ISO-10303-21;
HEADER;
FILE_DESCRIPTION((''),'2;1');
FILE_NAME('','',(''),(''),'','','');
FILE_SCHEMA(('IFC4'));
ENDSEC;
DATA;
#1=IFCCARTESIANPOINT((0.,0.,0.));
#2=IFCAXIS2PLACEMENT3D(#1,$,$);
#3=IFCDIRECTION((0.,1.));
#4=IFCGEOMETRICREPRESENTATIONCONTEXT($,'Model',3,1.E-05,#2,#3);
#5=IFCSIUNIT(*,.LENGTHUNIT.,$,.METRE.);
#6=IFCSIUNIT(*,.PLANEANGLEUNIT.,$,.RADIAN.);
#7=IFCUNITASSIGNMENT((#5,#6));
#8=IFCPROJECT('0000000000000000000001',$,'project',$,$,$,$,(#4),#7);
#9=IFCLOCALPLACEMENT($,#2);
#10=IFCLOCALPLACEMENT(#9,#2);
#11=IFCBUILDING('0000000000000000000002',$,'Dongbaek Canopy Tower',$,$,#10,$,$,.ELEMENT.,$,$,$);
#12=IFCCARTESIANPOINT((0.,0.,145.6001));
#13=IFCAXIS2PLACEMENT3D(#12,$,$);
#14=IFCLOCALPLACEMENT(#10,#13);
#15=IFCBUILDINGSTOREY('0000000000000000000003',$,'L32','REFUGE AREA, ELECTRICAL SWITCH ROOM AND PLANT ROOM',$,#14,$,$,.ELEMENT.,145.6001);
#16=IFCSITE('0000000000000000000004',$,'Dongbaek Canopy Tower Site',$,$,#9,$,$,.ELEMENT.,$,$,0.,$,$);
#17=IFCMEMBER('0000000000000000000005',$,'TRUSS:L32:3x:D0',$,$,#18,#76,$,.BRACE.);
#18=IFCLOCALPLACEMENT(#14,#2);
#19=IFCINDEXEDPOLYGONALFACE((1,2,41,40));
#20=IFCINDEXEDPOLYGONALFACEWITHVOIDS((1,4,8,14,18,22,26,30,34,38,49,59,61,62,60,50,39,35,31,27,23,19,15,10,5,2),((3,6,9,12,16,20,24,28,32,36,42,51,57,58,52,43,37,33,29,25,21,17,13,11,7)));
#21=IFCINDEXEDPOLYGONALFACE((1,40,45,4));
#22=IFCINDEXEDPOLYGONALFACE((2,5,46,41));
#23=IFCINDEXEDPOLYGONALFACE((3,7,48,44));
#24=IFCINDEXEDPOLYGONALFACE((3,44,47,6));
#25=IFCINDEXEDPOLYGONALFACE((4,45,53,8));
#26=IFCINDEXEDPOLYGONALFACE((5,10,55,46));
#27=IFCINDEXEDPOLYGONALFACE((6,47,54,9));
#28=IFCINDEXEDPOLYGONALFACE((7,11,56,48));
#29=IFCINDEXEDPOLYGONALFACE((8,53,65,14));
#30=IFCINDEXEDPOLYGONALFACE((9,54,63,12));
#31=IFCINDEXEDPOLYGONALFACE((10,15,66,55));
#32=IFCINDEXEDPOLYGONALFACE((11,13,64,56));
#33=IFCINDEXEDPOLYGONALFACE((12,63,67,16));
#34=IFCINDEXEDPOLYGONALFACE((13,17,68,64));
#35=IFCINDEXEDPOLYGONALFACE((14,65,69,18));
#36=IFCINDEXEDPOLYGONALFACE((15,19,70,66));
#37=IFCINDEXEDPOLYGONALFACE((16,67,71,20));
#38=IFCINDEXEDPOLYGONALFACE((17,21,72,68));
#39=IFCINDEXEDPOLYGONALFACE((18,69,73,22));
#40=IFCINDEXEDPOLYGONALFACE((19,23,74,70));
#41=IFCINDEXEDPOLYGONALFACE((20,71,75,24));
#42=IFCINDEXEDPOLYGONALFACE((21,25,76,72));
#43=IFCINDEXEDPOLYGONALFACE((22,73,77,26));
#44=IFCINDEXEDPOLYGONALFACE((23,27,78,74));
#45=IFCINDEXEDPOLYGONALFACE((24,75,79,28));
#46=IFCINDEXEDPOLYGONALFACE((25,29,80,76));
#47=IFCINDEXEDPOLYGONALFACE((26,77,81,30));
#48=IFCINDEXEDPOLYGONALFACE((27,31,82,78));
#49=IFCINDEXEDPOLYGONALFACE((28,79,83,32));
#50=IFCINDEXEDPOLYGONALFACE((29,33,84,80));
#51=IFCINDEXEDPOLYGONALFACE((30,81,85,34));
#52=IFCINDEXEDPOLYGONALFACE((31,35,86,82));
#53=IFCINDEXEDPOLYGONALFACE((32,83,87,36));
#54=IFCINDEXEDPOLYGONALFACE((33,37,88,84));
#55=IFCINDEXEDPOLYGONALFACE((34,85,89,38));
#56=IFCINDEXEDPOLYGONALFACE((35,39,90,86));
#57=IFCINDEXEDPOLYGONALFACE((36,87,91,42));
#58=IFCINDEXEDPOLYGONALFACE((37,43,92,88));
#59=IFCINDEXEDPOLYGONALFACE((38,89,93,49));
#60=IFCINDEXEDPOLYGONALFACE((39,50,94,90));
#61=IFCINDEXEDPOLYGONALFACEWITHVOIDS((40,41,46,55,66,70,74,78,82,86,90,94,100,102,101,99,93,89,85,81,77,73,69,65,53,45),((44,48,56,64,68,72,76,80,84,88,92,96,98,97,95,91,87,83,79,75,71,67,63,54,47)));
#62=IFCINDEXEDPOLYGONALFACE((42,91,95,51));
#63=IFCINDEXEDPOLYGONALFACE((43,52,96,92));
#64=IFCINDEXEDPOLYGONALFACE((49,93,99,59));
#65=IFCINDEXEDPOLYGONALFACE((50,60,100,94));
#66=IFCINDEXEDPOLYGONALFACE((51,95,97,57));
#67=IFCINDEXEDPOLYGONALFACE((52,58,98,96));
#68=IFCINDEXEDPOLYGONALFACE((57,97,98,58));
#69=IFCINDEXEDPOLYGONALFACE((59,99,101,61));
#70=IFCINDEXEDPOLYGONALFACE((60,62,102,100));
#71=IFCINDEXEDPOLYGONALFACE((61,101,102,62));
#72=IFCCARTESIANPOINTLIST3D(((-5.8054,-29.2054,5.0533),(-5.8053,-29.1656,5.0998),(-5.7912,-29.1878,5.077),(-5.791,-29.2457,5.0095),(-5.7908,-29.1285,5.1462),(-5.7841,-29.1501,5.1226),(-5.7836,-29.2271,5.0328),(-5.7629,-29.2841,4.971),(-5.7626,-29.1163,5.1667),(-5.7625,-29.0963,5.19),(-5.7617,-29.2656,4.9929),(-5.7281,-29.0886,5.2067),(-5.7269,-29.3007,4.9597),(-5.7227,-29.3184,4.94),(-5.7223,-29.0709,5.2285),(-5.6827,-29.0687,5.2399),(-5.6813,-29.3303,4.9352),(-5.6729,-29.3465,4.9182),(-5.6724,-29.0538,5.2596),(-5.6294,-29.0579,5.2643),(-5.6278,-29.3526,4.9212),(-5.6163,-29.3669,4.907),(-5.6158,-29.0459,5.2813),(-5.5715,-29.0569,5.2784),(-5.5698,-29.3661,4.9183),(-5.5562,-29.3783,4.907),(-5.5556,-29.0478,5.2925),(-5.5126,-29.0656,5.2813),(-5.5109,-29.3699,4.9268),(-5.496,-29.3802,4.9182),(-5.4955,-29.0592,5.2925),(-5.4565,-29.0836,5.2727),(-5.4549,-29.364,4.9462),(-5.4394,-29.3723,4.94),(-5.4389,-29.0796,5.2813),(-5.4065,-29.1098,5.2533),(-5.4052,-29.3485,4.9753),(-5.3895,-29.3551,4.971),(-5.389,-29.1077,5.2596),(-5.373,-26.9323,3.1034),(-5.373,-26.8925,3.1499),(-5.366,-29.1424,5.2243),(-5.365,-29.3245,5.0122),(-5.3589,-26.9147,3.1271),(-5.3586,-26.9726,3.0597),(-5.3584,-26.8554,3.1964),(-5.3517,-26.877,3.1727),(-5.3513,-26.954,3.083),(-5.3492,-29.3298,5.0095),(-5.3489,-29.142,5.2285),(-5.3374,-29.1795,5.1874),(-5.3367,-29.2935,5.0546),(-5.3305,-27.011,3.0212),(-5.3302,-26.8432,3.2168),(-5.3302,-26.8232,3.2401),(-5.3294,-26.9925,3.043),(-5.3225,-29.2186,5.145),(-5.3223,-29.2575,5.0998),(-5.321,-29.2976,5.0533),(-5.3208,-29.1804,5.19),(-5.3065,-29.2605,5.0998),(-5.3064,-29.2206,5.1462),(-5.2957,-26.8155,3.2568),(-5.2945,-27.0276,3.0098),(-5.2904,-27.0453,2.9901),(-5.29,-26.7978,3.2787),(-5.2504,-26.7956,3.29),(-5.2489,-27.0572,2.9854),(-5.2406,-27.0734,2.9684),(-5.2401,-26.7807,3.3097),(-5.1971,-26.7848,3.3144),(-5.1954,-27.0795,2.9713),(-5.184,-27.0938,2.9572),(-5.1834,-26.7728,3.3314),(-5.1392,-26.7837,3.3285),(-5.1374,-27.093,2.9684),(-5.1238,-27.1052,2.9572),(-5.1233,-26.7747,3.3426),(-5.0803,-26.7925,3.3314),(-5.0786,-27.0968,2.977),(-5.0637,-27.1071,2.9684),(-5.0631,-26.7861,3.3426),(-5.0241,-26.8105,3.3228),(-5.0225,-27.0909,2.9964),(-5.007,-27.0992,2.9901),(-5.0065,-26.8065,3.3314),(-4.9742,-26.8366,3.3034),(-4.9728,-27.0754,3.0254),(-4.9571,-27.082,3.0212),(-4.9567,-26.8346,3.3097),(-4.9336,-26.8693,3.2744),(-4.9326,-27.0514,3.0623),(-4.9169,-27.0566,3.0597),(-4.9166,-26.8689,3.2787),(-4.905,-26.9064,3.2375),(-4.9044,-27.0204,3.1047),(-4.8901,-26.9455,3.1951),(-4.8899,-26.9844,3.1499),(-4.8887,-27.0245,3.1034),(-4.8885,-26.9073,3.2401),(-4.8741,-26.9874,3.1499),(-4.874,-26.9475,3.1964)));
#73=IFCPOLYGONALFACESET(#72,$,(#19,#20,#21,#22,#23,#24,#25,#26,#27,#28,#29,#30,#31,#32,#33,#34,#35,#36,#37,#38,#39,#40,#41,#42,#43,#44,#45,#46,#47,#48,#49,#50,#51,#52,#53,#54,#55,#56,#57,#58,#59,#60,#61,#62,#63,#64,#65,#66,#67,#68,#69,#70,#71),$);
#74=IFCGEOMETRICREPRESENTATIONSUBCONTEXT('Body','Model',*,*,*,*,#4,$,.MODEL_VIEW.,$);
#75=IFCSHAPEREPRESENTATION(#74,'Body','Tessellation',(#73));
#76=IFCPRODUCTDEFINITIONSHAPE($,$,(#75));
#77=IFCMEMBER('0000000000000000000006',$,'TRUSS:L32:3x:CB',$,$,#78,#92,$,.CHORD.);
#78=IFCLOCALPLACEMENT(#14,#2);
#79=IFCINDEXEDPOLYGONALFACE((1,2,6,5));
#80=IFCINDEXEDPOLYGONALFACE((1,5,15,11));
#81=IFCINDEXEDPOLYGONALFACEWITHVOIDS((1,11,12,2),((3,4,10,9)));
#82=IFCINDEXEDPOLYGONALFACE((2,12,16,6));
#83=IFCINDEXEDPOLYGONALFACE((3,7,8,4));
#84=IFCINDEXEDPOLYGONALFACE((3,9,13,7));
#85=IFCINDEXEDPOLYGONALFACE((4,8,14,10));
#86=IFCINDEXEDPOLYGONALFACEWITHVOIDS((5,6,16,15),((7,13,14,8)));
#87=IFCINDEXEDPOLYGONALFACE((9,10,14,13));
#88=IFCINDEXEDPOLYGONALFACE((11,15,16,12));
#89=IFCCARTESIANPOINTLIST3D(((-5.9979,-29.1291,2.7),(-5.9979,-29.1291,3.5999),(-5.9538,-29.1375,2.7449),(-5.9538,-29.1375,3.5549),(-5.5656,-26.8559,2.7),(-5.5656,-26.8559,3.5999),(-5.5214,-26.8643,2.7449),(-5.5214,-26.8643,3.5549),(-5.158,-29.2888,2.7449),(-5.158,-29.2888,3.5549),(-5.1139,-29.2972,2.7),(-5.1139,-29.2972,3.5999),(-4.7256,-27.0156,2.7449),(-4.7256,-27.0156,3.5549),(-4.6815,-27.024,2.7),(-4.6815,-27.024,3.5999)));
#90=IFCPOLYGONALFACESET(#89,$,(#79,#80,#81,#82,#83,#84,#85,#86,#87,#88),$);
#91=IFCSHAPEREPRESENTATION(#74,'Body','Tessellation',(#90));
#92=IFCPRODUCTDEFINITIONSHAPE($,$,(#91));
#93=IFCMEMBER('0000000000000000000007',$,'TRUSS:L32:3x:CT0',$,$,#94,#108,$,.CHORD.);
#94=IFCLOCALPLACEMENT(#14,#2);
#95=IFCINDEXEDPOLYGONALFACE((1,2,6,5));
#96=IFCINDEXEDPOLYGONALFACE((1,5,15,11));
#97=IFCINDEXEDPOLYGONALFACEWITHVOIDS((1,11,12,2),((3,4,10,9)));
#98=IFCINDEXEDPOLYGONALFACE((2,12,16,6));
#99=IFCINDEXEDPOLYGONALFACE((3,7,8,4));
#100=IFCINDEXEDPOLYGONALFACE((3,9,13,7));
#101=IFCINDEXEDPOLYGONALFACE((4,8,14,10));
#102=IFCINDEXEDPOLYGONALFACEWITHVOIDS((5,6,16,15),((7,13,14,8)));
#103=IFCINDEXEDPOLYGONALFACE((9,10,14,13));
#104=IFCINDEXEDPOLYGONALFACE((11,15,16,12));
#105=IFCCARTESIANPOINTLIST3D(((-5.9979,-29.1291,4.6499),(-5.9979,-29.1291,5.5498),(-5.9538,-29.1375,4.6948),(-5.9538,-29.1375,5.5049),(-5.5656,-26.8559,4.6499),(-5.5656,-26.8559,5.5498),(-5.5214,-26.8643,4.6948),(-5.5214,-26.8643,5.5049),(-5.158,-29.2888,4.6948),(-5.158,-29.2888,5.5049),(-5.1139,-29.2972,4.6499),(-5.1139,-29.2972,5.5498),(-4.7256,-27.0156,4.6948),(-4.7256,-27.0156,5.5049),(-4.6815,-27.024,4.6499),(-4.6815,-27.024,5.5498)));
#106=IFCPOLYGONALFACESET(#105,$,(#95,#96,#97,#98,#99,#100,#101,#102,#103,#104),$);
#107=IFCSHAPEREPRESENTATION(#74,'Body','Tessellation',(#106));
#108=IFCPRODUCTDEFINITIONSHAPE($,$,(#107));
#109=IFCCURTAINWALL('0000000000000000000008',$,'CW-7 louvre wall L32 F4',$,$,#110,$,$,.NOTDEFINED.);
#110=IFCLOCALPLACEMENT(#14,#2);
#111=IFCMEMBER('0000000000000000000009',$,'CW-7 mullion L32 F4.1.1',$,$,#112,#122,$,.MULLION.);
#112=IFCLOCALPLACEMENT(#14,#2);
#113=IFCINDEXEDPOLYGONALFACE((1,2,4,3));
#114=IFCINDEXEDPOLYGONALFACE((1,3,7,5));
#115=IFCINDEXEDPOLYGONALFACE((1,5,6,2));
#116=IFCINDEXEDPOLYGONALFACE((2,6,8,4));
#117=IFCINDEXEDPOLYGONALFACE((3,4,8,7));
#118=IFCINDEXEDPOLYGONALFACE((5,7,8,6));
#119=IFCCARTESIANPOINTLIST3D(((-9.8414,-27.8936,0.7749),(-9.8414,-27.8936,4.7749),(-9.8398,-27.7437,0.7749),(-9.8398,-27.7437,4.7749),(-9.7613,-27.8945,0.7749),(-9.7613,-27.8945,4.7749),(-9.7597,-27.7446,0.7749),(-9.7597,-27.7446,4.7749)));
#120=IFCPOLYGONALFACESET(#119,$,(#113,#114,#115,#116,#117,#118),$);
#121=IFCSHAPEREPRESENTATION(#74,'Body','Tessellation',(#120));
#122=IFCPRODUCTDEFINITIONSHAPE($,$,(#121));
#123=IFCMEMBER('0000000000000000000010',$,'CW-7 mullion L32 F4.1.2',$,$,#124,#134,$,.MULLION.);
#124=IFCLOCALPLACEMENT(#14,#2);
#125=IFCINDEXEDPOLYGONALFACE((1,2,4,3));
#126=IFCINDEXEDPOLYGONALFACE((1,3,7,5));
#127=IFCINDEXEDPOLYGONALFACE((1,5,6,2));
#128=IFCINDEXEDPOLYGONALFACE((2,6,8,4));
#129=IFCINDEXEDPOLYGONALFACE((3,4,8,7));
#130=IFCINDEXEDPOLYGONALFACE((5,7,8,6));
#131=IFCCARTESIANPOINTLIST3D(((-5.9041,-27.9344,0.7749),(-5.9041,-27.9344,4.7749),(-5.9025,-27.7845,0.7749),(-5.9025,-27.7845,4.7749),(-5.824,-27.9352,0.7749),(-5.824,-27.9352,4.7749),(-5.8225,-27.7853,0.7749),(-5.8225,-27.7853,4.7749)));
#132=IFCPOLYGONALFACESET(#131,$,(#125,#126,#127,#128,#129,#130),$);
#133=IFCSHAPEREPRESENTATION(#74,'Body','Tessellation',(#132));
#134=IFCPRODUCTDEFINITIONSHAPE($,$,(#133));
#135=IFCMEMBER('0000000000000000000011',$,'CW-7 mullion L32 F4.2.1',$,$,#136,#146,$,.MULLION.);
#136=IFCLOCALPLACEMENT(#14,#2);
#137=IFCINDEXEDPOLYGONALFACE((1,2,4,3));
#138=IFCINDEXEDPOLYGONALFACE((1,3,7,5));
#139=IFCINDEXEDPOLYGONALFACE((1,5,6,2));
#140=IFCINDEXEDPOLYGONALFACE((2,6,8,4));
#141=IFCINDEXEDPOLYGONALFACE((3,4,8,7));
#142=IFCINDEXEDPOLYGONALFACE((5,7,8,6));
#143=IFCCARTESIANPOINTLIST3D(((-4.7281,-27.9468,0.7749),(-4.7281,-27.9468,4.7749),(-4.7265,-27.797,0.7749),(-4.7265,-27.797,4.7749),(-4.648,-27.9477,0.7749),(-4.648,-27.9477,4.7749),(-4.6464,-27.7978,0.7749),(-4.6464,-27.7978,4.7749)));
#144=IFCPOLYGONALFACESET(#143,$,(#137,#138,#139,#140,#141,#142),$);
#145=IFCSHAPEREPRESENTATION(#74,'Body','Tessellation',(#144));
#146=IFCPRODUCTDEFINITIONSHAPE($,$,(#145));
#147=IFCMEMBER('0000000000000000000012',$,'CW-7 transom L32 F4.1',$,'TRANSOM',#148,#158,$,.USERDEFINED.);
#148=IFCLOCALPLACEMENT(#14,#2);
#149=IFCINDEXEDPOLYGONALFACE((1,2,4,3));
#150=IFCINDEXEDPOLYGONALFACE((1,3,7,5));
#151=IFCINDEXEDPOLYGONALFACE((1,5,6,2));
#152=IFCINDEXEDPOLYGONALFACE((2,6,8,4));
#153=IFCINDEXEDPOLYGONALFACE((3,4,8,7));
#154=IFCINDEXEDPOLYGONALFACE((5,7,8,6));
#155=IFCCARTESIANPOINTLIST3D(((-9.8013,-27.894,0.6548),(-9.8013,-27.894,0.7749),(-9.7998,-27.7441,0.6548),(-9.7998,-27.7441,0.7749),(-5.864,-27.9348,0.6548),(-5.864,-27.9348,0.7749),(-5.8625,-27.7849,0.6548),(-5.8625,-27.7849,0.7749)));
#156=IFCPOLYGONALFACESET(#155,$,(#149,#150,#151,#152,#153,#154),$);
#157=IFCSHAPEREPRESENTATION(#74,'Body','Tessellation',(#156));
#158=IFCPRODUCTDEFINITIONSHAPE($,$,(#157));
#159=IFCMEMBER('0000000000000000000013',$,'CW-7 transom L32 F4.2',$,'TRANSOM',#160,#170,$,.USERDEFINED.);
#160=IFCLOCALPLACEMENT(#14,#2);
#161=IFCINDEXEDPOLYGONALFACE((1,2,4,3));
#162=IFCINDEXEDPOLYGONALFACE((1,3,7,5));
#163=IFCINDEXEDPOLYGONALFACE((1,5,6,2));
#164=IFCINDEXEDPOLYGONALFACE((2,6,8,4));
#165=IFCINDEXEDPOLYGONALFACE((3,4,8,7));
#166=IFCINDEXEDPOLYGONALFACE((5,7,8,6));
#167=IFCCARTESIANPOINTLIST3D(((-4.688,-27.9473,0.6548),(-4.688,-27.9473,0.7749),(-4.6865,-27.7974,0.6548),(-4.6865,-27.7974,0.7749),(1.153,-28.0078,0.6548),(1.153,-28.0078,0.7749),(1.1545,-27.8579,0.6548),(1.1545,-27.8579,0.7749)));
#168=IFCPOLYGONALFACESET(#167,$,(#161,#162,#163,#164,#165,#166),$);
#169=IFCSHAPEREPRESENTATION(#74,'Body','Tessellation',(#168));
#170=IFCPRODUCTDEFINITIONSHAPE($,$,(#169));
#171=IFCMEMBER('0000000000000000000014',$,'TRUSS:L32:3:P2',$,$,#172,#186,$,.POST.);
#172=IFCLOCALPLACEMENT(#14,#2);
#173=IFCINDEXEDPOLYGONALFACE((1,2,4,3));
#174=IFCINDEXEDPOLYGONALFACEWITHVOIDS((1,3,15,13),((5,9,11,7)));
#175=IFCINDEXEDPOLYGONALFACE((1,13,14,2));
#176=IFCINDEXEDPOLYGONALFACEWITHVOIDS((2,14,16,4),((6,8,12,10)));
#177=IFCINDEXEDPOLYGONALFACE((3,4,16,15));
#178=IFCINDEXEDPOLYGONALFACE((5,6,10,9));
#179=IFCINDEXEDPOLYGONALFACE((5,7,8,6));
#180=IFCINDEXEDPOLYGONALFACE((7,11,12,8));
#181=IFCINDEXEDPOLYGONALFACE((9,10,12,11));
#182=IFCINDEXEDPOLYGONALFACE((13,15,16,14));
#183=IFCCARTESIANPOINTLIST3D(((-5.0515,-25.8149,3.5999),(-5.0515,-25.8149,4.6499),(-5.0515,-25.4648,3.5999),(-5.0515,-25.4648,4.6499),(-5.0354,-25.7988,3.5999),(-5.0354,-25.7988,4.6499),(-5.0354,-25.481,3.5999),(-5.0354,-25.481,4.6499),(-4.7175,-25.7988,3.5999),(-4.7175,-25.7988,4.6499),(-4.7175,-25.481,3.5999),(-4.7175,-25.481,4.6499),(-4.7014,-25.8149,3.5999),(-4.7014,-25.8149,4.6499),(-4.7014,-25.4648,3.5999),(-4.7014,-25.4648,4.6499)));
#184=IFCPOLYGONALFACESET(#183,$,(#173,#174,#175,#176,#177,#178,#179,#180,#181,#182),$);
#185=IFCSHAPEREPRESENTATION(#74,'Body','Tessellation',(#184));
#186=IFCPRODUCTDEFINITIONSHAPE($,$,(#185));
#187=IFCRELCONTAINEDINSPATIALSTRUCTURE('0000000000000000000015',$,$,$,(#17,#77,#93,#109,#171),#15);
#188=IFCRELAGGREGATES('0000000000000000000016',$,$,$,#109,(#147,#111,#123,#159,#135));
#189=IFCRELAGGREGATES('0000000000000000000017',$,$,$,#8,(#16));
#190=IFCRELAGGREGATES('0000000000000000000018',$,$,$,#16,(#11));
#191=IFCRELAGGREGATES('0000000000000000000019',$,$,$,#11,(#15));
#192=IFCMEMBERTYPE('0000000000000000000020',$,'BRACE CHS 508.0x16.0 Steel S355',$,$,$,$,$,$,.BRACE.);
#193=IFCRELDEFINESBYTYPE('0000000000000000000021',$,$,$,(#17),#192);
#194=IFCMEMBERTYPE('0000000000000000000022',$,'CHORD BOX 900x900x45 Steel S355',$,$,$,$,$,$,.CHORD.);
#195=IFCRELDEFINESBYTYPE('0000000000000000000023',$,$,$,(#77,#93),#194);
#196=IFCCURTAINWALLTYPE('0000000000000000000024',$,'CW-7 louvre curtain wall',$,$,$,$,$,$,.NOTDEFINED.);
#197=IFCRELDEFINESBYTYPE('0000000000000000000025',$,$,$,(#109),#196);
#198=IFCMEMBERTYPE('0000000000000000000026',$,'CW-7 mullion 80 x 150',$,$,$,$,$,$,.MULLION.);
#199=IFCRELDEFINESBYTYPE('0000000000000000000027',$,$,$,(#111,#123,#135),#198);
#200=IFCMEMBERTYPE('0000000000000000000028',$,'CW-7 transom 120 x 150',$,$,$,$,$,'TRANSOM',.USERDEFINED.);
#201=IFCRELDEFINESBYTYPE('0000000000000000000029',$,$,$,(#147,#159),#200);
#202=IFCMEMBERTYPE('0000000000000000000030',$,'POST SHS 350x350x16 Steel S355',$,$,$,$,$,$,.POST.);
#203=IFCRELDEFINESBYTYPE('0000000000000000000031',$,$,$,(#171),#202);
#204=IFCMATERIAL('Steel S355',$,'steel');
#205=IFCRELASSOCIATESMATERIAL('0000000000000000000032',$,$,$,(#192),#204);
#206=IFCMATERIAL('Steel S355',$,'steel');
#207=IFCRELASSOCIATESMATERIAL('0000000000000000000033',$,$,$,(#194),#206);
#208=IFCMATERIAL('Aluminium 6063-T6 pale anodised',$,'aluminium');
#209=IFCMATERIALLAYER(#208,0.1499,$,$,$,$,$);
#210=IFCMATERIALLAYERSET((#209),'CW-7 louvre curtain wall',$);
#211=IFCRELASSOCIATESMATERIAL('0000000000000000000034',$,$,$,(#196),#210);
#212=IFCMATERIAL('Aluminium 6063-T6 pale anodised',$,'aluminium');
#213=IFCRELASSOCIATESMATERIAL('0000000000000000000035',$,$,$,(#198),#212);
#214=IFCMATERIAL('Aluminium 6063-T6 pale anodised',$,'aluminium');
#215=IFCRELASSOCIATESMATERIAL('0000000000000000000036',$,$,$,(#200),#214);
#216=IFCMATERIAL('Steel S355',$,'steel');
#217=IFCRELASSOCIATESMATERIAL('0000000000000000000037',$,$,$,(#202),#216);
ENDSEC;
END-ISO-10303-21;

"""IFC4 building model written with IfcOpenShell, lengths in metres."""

from ifc_helpers import new_model, si_unit, direction, frame, origin, origin_2d, place, context, subcontext, project, spatial, rectangle, hollow_rectangle, hollow_circle, extrude, material, layer, layer_set, material_profile, profile_set, type_object, element, aggregate, save


model = new_model("IFC4")

# Units and contexts
model_context = context("Model", 3, precision=1e-05, world=origin(), true_north=direction((0.0, 1.0)))
body_context = subcontext(model_context, "Body", "Model", "MODEL_VIEW")
ifc_project = project(units=[si_unit("LENGTHUNIT", "METRE"), si_unit("PLANEANGLEUNIT", "RADIAN")], contexts=[model_context])

# Site, building, storey
site_placement = place(None, origin())
site = spatial("IfcSite", under=ifc_project, at=site_placement, Name="Dongbaek Canopy Tower Site", CompositionType="ELEMENT", RefElevation=0.0)
building_placement = place(site_placement, origin())
building = spatial("IfcBuilding", under=site, at=building_placement, Name="Dongbaek Canopy Tower", CompositionType="ELEMENT")
storey_placement = place(building_placement, frame((0.0, 0.0, 145.6001)))
storey = spatial("IfcBuildingStorey", under=building, at=storey_placement, Name="L32", Description="REFUGE AREA, ELECTRICAL SWITCH ROOM AND PLANT ROOM", CompositionType="ELEMENT", Elevation=145.6001)

# Members
ifc_material_1 = material(Name="Steel S355", Category="steel")
ifc_material_profile_1 = material_profile(ifc_material_1, hollow_circle(Radius=0.2539, WallThickness=0.0161, at=origin_2d()), Name="BRACE CHS 508.0x16.0 Steel S355")
ifc_profile_set_1 = profile_set([ifc_material_profile_1], Name="Steel S355")
member_type_1 = type_object("IfcMemberType", Name="BRACE CHS 508.0x16.0 Steel S355", PredefinedType="BRACE", material=ifc_profile_set_1)
member_1_placement = place(storey_placement, frame((-5.1235, -26.9399, 3.1499), z_axis=(-0.142886, -0.751221, 0.644399), x_axis=(0.982387, -0.186855, 0.0)))
element("IfcMember", 1, at=member_1_placement, inside=storey, type_object=member_type_1, Name="TRUSS:L32:3x:D0", PredefinedType="BRACE", context=body_context, shape_type="SweptSolid", body=[
    extrude(hollow_circle(Radius=0.2539, WallThickness=0.0161, at=origin_2d()), origin(), (0.0, 0.0, 1.0), 3.0259),
])
ifc_material_2 = material(Name="Steel S355", Category="steel")
ifc_material_profile_2 = material_profile(ifc_material_2, hollow_rectangle(XDim=0.8999, YDim=0.8999, WallThickness=0.0449, at=origin_2d()), Name="CHORD BOX 900x900x45 Steel S355")
ifc_profile_set_2 = profile_set([ifc_material_profile_2], Name="Steel S355")
member_type_2 = type_object("IfcMemberType", Name="CHORD BOX 900x900x45 Steel S355", PredefinedType="CHORD", material=ifc_profile_set_2)
for number, where, z_axis, x_axis, name in (
    (2, (-5.1235, -26.9399, 3.1499), (-0.186855, -0.982387, 0.0), (0.982387, -0.186855, 0.0), "TRUSS:L32:3x:CB"),
    (3, (-5.1235, -26.9399, 5.0999), (-0.186855, -0.982387, 0.0), (0.982387, -0.186855, 0.0), "TRUSS:L32:3x:CT0"),
):
    element("IfcMember", number, at=place(storey_placement, frame(where, z_axis=z_axis, x_axis=x_axis)), inside=storey, type_object=member_type_2, Name=name, PredefinedType="CHORD", context=body_context, shape_type="SweptSolid", body=[
        extrude(hollow_rectangle(XDim=0.8999, YDim=0.8999, WallThickness=0.0449, at=origin_2d()), origin(), (0.0, 0.0, 1.0), 2.314),
    ])

# Curtain wall, members
ifc_material_3 = material(Name="Aluminium 6063-T6 pale anodised", Category="aluminium")
ifc_layer_1 = layer(ifc_material_3, 0.1499)
ifc_layer_set_1 = layer_set([ifc_layer_1], Name="CW-7 louvre curtain wall")
curtain_wall_type = type_object("IfcCurtainWallType", Name="CW-7 louvre curtain wall", PredefinedType="NOTDEFINED", material=ifc_layer_set_1)
curtain_wall_placement = place(storey_placement, origin())
curtain_wall = element("IfcCurtainWall", 4, at=curtain_wall_placement, inside=storey, type_object=curtain_wall_type, Name="CW-7 louvre wall L32 F4", PredefinedType="NOTDEFINED")
ifc_material_4 = material(Name="Aluminium 6063-T6 pale anodised", Category="aluminium")
ifc_material_profile_3 = material_profile(ifc_material_4, rectangle(XDim=0.1499, YDim=0.0801, at=origin_2d()), Name="CW-7 mullion 80 x 150")
ifc_profile_set_3 = profile_set([ifc_material_profile_3], Name="Aluminium 6063-T6 pale anodised")
member_type_3 = type_object("IfcMemberType", Name="CW-7 mullion 80 x 150", PredefinedType="MULLION", material=ifc_profile_set_3)
member_2_placement = place(storey_placement, frame((-9.8005, -27.8191, 0.7749), z_axis=(0.0, 0.0, 1.0), x_axis=(-0.010401, -0.999946, 0.0)))
member_2 = element("IfcMember", 5, at=member_2_placement, type_object=member_type_3, Name="CW-7 mullion L32 F4.1.1", PredefinedType="MULLION", context=body_context, shape_type="SweptSolid", body=[
    extrude(rectangle(XDim=0.1499, YDim=0.0801, at=origin_2d()), origin(), (0.0, 0.0, 1.0), 4.0),
])
member_3_placement = place(storey_placement, frame((-5.8633, -27.8599, 0.7749), z_axis=(0.0, 0.0, 1.0), x_axis=(-0.010401, -0.999946, 0.0)))
member_3 = element("IfcMember", 6, at=member_3_placement, type_object=member_type_3, Name="CW-7 mullion L32 F4.1.2", PredefinedType="MULLION", context=body_context, shape_type="SweptSolid", body=[
    extrude(rectangle(XDim=0.1499, YDim=0.0801, at=origin_2d()), origin(), (0.0, 0.0, 1.0), 4.0),
])
member_4_placement = place(storey_placement, frame((-4.6873, -27.8723, 0.7749), z_axis=(0.0, 0.0, 1.0), x_axis=(-0.010401, -0.999946, 0.0)))
member_4 = element("IfcMember", 7, at=member_4_placement, type_object=member_type_3, Name="CW-7 mullion L32 F4.2.1", PredefinedType="MULLION", context=body_context, shape_type="SweptSolid", body=[
    extrude(rectangle(XDim=0.1499, YDim=0.0801, at=origin_2d()), origin(), (0.0, 0.0, 1.0), 4.0),
])
ifc_material_5 = material(Name="Aluminium 6063-T6 pale anodised", Category="aluminium")
ifc_material_profile_4 = material_profile(ifc_material_5, rectangle(XDim=0.1499, YDim=0.1201, at=origin_2d()), Name="CW-7 transom 120 x 150")
ifc_profile_set_4 = profile_set([ifc_material_profile_4], Name="Aluminium 6063-T6 pale anodised")
member_type_4 = type_object("IfcMemberType", Name="CW-7 transom 120 x 150", ElementType="TRANSOM", PredefinedType="USERDEFINED", material=ifc_profile_set_4)
member_5_placement = place(storey_placement, frame((-9.8005, -27.8191, 0.7148), z_axis=(0.999946, -0.010355, 0.0), x_axis=(0.010355, 0.999946, 0.0)))
member_5 = element("IfcMember", 8, at=member_5_placement, type_object=member_type_4, Name="CW-7 transom L32 F4.1", ObjectType="TRANSOM", PredefinedType="USERDEFINED", context=body_context, shape_type="SweptSolid", body=[
    extrude(rectangle(XDim=0.1499, YDim=0.1201, at=origin_2d()), origin(), (0.0, 0.0, 1.0), 3.9375),
])
member_6_placement = place(storey_placement, frame((-4.6873, -27.8723, 0.7148), z_axis=(0.999946, -0.010365, 0.0), x_axis=(0.010365, 0.999946, 0.0)))
member_6 = element("IfcMember", 9, at=member_6_placement, type_object=member_type_4, Name="CW-7 transom L32 F4.2", ObjectType="TRANSOM", PredefinedType="USERDEFINED", context=body_context, shape_type="SweptSolid", body=[
    extrude(rectangle(XDim=0.1499, YDim=0.1201, at=origin_2d()), origin(), (0.0, 0.0, 1.0), 5.8413),
])

# Member
ifc_material_6 = material(Name="Steel S355", Category="steel")
ifc_material_profile_5 = material_profile(ifc_material_6, hollow_rectangle(XDim=0.3501, YDim=0.3501, WallThickness=0.0161, at=origin_2d()), Name="POST SHS 350x350x16 Steel S355")
ifc_profile_set_5 = profile_set([ifc_material_profile_5], Name="Steel S355")
member_type_5 = type_object("IfcMemberType", Name="POST SHS 350x350x16 Steel S355", PredefinedType="POST", material=ifc_profile_set_5)
for number, where, z_axis, x_axis, name in (
    (10, (-4.8765, -25.6399, 3.5999), (0.0, 0.0, 1.0), (1.0, 0.0, 0.0), "TRUSS:L32:3:P2"),
):
    element("IfcMember", number, at=place(storey_placement, frame(where, z_axis=z_axis, x_axis=x_axis)), inside=storey, type_object=member_type_5, Name=name, PredefinedType="POST", context=body_context, shape_type="SweptSolid", body=[
        extrude(hollow_rectangle(XDim=0.3501, YDim=0.3501, WallThickness=0.0161, at=origin_2d()), origin(), (0.0, 0.0, 1.0), 1.05),
    ])

aggregate(curtain_wall, [member_5, member_2, member_3, member_6, member_4])

save(model, "model.ifc")
